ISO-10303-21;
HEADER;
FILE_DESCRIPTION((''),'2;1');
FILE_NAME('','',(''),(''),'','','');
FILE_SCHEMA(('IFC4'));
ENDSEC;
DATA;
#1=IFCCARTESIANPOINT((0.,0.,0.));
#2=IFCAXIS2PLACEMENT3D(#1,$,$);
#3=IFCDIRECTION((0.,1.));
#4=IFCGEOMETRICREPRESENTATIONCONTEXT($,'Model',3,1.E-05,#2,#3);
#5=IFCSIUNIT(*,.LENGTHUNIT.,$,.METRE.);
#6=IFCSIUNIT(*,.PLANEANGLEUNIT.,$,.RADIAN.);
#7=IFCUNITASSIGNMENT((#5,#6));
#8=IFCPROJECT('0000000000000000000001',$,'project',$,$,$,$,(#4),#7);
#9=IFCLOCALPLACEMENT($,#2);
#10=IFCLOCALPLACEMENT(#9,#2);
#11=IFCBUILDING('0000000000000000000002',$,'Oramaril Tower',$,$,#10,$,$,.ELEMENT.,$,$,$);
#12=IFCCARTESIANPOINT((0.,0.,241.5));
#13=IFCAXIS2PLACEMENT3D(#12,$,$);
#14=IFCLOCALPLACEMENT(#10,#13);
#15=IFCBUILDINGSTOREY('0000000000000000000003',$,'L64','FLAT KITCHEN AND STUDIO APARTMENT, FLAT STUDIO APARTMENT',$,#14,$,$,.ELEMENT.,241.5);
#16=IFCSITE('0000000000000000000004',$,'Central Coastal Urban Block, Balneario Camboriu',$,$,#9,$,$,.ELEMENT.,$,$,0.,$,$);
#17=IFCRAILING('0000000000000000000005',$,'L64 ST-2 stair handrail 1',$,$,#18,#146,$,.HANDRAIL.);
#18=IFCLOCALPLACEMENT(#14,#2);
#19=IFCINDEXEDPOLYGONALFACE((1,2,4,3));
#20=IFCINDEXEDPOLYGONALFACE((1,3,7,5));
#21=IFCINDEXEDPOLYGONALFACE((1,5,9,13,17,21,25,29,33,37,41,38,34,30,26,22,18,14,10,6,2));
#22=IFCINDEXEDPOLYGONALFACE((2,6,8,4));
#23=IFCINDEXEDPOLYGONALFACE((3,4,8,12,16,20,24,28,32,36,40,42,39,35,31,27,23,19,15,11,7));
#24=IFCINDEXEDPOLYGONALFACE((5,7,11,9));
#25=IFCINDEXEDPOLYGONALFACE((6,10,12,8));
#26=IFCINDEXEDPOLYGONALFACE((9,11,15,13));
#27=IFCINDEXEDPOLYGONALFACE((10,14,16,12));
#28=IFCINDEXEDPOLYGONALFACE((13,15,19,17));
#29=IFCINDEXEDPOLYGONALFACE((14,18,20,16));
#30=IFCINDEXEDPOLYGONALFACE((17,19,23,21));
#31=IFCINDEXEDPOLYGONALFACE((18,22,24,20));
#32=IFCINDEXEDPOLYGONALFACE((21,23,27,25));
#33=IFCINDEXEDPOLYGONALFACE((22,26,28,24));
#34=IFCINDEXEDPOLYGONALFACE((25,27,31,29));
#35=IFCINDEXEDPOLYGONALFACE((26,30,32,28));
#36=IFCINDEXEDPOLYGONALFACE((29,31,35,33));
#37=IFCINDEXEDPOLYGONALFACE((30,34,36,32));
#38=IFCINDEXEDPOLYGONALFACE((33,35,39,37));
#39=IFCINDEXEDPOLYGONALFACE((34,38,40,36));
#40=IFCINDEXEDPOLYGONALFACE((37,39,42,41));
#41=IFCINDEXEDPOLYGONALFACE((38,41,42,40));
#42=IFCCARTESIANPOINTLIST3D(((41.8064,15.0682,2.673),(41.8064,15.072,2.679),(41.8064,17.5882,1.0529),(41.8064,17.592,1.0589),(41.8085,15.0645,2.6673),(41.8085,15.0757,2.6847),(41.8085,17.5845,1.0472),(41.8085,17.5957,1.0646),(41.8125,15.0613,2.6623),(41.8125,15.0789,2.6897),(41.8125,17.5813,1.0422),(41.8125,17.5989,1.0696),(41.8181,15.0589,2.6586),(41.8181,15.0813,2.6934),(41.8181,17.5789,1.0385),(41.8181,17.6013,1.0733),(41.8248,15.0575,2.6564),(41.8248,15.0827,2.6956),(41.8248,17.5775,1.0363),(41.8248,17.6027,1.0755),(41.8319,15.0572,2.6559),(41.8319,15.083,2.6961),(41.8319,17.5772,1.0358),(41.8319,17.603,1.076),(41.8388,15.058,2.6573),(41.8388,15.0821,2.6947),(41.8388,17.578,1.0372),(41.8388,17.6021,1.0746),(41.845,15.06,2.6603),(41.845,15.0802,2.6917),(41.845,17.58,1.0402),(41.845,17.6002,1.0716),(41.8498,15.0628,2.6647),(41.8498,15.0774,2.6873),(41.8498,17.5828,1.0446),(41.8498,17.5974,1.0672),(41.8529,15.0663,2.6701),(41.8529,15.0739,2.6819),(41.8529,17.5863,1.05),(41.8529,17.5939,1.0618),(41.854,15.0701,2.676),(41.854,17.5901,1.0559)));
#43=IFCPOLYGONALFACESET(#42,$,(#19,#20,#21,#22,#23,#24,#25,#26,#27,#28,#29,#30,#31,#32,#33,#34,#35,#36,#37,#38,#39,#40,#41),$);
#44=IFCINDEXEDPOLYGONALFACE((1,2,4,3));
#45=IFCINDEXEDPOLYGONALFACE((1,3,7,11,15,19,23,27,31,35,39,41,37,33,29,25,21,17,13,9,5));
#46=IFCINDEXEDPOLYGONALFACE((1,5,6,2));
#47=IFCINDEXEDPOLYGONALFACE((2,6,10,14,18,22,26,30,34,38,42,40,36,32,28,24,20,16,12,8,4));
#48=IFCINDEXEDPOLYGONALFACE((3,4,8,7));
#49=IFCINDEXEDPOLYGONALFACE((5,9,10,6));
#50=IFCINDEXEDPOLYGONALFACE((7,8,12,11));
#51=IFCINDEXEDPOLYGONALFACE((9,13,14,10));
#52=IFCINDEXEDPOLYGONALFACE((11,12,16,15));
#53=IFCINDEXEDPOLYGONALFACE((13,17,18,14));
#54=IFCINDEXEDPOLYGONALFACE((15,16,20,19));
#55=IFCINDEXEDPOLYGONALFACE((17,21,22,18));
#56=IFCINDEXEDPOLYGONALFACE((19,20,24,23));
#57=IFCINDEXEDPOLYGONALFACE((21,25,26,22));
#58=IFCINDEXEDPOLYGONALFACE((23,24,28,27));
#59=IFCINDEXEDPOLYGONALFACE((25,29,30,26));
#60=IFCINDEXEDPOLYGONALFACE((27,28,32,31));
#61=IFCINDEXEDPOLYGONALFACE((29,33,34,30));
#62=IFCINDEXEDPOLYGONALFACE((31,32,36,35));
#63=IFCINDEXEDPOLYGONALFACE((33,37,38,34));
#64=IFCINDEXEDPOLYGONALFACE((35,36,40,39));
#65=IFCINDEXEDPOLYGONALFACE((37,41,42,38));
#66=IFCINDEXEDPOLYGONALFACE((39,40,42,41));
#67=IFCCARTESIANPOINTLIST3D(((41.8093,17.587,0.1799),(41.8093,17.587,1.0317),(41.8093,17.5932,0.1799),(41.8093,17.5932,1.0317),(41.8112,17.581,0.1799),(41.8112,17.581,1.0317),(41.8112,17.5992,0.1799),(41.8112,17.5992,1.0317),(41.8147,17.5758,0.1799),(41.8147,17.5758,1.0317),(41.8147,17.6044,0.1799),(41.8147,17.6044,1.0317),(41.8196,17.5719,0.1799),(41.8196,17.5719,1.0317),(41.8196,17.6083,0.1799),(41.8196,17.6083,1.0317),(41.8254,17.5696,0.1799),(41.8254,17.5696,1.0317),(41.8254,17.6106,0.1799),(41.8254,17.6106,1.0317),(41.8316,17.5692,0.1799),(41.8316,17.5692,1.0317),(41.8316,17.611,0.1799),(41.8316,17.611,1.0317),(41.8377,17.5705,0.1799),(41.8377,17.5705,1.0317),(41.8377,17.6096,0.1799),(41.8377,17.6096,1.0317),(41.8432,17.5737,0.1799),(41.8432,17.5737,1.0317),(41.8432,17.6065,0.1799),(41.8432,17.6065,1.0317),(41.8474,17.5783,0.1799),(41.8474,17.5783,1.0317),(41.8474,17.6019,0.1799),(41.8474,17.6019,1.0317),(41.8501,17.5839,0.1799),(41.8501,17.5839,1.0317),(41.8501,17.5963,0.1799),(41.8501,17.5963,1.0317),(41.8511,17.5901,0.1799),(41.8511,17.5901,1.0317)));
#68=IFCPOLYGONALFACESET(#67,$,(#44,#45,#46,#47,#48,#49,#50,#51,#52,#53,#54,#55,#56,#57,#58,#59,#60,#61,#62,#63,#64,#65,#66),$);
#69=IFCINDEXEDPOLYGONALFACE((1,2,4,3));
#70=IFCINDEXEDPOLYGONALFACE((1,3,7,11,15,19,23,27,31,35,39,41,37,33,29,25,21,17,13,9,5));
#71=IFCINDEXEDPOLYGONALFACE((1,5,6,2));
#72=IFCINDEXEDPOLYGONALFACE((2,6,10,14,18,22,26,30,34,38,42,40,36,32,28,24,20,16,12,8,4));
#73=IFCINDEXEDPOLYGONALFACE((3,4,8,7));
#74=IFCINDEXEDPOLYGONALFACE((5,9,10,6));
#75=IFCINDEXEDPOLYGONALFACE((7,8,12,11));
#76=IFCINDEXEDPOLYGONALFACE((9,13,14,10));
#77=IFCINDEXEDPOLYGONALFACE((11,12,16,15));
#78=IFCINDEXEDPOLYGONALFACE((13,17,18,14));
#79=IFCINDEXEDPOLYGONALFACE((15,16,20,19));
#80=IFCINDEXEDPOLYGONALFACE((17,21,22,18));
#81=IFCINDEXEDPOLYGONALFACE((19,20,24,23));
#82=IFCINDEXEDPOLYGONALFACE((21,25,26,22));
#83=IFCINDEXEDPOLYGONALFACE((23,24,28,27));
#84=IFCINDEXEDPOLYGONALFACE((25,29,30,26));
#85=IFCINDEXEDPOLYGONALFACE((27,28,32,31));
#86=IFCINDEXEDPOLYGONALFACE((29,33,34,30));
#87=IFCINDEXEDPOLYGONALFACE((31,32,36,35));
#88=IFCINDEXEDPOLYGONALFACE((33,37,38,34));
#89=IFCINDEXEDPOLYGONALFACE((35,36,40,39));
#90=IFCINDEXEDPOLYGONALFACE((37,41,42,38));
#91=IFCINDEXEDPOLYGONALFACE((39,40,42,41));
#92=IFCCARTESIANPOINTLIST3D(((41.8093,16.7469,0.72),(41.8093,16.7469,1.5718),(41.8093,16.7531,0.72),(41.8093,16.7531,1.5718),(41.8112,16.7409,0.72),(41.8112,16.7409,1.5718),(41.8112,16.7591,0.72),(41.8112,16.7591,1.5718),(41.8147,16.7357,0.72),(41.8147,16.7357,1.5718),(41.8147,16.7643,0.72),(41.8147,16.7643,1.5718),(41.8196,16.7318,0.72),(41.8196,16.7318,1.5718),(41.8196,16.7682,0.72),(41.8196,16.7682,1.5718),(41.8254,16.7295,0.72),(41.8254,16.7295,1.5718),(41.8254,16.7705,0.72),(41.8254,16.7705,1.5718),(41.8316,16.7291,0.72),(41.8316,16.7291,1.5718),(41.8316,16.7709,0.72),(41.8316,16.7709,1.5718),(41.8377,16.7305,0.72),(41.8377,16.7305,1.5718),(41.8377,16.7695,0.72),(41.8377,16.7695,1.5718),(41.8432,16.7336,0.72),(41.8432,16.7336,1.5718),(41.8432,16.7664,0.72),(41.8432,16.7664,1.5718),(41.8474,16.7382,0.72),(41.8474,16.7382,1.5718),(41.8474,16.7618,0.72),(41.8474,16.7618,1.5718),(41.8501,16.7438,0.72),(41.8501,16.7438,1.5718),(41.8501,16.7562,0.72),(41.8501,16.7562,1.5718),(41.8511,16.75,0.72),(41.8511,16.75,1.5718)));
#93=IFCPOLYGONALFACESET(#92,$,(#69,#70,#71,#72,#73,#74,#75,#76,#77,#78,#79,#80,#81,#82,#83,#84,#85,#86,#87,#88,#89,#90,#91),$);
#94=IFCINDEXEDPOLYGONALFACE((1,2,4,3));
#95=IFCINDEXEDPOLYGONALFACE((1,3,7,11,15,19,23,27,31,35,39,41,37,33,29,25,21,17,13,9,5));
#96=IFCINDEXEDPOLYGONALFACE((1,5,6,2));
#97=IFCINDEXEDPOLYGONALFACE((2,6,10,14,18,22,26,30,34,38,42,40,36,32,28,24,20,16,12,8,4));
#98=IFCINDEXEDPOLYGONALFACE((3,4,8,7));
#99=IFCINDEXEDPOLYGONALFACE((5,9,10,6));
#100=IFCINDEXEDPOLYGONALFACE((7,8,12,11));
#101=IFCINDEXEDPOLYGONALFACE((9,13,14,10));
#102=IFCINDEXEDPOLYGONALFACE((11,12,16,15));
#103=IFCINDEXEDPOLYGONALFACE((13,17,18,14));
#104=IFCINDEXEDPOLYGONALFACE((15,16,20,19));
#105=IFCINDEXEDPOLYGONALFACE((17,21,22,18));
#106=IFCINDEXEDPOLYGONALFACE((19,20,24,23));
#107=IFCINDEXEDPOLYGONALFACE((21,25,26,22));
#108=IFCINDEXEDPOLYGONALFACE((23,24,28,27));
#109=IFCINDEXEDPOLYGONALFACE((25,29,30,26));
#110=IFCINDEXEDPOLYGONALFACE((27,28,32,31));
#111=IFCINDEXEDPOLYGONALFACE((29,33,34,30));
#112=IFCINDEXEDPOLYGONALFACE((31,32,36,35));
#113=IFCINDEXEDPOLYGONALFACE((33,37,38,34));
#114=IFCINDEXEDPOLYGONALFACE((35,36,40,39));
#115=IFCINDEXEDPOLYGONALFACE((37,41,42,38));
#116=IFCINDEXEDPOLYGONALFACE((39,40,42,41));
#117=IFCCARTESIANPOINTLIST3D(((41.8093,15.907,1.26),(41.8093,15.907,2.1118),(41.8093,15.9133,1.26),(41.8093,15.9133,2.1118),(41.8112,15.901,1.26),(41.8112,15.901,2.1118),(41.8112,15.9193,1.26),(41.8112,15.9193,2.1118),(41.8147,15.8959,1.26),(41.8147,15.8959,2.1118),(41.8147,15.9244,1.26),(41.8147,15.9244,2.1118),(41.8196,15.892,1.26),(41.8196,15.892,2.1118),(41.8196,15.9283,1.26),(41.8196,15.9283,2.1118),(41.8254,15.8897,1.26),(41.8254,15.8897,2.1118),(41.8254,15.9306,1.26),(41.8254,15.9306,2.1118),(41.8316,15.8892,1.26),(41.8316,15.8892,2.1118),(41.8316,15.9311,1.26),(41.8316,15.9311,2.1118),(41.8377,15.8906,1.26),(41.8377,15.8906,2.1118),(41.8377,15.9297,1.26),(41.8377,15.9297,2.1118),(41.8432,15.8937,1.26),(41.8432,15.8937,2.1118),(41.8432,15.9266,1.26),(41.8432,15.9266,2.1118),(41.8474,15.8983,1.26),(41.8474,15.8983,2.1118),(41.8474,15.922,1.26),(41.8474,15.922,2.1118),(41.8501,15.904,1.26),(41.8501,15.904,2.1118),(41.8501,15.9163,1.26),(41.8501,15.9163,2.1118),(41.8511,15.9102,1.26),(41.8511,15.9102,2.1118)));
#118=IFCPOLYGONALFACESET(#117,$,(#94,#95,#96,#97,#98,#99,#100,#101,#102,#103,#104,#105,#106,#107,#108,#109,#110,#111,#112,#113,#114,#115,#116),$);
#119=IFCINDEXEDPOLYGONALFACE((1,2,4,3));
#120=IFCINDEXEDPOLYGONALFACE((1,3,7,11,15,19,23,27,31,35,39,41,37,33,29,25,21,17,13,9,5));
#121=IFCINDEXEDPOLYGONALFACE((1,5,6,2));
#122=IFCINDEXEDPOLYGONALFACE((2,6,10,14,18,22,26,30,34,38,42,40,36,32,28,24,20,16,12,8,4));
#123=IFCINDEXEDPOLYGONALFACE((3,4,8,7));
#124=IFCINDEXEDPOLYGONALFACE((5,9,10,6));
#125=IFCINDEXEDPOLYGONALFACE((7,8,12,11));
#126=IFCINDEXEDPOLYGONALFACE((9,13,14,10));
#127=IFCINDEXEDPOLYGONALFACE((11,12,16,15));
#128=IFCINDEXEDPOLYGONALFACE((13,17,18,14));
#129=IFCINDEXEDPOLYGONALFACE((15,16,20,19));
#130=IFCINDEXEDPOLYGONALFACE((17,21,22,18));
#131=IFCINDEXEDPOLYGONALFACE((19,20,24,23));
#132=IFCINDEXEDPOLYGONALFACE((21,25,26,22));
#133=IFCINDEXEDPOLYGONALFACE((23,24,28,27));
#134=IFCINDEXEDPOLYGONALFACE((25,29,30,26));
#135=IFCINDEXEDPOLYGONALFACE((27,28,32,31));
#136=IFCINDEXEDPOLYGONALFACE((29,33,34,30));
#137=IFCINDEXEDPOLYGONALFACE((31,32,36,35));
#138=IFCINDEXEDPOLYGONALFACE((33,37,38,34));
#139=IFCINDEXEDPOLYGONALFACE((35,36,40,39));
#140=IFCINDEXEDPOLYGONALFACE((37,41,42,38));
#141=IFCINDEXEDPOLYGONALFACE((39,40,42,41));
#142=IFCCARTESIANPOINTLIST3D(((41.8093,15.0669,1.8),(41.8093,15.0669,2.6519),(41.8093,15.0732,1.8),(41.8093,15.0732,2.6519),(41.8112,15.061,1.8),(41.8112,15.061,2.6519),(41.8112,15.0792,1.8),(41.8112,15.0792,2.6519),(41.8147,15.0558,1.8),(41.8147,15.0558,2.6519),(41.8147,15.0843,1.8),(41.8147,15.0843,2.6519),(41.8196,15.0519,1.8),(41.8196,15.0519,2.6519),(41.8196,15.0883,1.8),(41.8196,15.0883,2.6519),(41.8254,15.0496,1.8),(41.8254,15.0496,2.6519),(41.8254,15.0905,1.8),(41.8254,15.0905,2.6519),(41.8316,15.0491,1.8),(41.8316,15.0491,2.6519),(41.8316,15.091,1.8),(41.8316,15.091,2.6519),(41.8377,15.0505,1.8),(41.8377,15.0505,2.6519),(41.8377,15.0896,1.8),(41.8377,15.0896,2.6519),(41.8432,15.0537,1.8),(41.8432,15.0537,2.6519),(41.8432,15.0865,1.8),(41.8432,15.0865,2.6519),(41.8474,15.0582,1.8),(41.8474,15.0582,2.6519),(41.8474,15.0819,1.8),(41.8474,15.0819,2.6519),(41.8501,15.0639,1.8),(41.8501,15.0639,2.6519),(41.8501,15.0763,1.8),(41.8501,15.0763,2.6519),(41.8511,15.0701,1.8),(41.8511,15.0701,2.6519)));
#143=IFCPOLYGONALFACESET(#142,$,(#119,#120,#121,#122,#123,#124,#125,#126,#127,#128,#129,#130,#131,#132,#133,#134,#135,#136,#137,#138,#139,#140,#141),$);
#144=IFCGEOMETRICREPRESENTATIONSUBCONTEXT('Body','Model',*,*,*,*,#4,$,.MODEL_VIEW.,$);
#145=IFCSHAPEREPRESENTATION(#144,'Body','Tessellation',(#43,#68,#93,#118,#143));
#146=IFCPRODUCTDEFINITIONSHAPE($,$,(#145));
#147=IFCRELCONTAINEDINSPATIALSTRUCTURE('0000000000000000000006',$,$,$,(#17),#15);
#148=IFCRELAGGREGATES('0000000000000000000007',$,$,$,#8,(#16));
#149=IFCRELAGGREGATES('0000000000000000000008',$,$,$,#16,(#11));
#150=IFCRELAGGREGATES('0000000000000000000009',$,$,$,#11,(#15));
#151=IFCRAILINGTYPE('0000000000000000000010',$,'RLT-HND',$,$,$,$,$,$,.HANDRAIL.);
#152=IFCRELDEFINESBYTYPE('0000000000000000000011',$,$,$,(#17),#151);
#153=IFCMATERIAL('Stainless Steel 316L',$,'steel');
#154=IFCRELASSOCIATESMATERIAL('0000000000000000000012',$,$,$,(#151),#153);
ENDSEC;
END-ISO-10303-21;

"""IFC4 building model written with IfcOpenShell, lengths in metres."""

from ifc_helpers import new_model, si_unit, direction, frame, origin, origin_2d, place, context, subcontext, project, spatial, circle, extrude, material, type_object, element, save


model = new_model("IFC4")

# Units and contexts
model_context = context("Model", 3, precision=1e-05, world=origin(), true_north=direction((0.0, 1.0)))
body_context = subcontext(model_context, "Body", "Model", "MODEL_VIEW")
ifc_project = project(units=[si_unit("LENGTHUNIT", "METRE"), si_unit("PLANEANGLEUNIT", "RADIAN")], contexts=[model_context])

# Site, building, storey
site_placement = place(None, origin())
site = spatial("IfcSite", under=ifc_project, at=site_placement, Name="Central Coastal Urban Block, Balneario Camboriu", CompositionType="ELEMENT", RefElevation=0.0)
building_placement = place(site_placement, origin())
building = spatial("IfcBuilding", under=site, at=building_placement, Name="Oramaril Tower", CompositionType="ELEMENT")
storey_placement = place(building_placement, frame((0.0, 0.0, 241.5)))
storey = spatial("IfcBuildingStorey", under=building, at=storey_placement, Name="L64", Description="FLAT KITCHEN AND STUDIO APARTMENT, FLAT STUDIO APARTMENT", CompositionType="ELEMENT", Elevation=241.5)

# Railing
ifc_material_1 = material(Name="Stainless Steel 316L", Category="steel")
railing_type_1 = type_object("IfcRailingType", Name="RLT-HND", PredefinedType="HANDRAIL", material=ifc_material_1)
railing_1_placement = place(storey_placement, frame((41.8301, 17.5901, 0.1799)))
element("IfcRailing", 1, at=railing_1_placement, inside=storey, type_object=railing_type_1, Name="L64 ST-2 stair handrail 1", PredefinedType="HANDRAIL", context=body_context, shape_type="SweptSolid", body=[
    extrude(circle(Radius=0.0239, at=origin_2d()), frame((0.0, 0.0, 0.876), z_axis=(0.0, -0.841163, 0.540782), x_axis=(1.0, 0.0, 0.0)), (0.0, 0.0, 1.0), 2.9958),
    extrude(circle(Radius=0.021, at=origin_2d()), origin(), (0.0, 0.0, 1.0), 0.8518),
    extrude(circle(Radius=0.021, at=origin_2d()), frame((0.0, -0.8401, 0.54)), (0.0, 0.0, 1.0), 0.8518),
    extrude(circle(Radius=0.021, at=origin_2d()), frame((0.0, -1.6799, 1.0801)), (0.0, 0.0, 1.0), 0.8518),
    extrude(circle(Radius=0.021, at=origin_2d()), frame((0.0, -2.52, 1.6201)), (0.0, 0.0, 1.0), 0.8518),
])

save(model, "model.ifc")
